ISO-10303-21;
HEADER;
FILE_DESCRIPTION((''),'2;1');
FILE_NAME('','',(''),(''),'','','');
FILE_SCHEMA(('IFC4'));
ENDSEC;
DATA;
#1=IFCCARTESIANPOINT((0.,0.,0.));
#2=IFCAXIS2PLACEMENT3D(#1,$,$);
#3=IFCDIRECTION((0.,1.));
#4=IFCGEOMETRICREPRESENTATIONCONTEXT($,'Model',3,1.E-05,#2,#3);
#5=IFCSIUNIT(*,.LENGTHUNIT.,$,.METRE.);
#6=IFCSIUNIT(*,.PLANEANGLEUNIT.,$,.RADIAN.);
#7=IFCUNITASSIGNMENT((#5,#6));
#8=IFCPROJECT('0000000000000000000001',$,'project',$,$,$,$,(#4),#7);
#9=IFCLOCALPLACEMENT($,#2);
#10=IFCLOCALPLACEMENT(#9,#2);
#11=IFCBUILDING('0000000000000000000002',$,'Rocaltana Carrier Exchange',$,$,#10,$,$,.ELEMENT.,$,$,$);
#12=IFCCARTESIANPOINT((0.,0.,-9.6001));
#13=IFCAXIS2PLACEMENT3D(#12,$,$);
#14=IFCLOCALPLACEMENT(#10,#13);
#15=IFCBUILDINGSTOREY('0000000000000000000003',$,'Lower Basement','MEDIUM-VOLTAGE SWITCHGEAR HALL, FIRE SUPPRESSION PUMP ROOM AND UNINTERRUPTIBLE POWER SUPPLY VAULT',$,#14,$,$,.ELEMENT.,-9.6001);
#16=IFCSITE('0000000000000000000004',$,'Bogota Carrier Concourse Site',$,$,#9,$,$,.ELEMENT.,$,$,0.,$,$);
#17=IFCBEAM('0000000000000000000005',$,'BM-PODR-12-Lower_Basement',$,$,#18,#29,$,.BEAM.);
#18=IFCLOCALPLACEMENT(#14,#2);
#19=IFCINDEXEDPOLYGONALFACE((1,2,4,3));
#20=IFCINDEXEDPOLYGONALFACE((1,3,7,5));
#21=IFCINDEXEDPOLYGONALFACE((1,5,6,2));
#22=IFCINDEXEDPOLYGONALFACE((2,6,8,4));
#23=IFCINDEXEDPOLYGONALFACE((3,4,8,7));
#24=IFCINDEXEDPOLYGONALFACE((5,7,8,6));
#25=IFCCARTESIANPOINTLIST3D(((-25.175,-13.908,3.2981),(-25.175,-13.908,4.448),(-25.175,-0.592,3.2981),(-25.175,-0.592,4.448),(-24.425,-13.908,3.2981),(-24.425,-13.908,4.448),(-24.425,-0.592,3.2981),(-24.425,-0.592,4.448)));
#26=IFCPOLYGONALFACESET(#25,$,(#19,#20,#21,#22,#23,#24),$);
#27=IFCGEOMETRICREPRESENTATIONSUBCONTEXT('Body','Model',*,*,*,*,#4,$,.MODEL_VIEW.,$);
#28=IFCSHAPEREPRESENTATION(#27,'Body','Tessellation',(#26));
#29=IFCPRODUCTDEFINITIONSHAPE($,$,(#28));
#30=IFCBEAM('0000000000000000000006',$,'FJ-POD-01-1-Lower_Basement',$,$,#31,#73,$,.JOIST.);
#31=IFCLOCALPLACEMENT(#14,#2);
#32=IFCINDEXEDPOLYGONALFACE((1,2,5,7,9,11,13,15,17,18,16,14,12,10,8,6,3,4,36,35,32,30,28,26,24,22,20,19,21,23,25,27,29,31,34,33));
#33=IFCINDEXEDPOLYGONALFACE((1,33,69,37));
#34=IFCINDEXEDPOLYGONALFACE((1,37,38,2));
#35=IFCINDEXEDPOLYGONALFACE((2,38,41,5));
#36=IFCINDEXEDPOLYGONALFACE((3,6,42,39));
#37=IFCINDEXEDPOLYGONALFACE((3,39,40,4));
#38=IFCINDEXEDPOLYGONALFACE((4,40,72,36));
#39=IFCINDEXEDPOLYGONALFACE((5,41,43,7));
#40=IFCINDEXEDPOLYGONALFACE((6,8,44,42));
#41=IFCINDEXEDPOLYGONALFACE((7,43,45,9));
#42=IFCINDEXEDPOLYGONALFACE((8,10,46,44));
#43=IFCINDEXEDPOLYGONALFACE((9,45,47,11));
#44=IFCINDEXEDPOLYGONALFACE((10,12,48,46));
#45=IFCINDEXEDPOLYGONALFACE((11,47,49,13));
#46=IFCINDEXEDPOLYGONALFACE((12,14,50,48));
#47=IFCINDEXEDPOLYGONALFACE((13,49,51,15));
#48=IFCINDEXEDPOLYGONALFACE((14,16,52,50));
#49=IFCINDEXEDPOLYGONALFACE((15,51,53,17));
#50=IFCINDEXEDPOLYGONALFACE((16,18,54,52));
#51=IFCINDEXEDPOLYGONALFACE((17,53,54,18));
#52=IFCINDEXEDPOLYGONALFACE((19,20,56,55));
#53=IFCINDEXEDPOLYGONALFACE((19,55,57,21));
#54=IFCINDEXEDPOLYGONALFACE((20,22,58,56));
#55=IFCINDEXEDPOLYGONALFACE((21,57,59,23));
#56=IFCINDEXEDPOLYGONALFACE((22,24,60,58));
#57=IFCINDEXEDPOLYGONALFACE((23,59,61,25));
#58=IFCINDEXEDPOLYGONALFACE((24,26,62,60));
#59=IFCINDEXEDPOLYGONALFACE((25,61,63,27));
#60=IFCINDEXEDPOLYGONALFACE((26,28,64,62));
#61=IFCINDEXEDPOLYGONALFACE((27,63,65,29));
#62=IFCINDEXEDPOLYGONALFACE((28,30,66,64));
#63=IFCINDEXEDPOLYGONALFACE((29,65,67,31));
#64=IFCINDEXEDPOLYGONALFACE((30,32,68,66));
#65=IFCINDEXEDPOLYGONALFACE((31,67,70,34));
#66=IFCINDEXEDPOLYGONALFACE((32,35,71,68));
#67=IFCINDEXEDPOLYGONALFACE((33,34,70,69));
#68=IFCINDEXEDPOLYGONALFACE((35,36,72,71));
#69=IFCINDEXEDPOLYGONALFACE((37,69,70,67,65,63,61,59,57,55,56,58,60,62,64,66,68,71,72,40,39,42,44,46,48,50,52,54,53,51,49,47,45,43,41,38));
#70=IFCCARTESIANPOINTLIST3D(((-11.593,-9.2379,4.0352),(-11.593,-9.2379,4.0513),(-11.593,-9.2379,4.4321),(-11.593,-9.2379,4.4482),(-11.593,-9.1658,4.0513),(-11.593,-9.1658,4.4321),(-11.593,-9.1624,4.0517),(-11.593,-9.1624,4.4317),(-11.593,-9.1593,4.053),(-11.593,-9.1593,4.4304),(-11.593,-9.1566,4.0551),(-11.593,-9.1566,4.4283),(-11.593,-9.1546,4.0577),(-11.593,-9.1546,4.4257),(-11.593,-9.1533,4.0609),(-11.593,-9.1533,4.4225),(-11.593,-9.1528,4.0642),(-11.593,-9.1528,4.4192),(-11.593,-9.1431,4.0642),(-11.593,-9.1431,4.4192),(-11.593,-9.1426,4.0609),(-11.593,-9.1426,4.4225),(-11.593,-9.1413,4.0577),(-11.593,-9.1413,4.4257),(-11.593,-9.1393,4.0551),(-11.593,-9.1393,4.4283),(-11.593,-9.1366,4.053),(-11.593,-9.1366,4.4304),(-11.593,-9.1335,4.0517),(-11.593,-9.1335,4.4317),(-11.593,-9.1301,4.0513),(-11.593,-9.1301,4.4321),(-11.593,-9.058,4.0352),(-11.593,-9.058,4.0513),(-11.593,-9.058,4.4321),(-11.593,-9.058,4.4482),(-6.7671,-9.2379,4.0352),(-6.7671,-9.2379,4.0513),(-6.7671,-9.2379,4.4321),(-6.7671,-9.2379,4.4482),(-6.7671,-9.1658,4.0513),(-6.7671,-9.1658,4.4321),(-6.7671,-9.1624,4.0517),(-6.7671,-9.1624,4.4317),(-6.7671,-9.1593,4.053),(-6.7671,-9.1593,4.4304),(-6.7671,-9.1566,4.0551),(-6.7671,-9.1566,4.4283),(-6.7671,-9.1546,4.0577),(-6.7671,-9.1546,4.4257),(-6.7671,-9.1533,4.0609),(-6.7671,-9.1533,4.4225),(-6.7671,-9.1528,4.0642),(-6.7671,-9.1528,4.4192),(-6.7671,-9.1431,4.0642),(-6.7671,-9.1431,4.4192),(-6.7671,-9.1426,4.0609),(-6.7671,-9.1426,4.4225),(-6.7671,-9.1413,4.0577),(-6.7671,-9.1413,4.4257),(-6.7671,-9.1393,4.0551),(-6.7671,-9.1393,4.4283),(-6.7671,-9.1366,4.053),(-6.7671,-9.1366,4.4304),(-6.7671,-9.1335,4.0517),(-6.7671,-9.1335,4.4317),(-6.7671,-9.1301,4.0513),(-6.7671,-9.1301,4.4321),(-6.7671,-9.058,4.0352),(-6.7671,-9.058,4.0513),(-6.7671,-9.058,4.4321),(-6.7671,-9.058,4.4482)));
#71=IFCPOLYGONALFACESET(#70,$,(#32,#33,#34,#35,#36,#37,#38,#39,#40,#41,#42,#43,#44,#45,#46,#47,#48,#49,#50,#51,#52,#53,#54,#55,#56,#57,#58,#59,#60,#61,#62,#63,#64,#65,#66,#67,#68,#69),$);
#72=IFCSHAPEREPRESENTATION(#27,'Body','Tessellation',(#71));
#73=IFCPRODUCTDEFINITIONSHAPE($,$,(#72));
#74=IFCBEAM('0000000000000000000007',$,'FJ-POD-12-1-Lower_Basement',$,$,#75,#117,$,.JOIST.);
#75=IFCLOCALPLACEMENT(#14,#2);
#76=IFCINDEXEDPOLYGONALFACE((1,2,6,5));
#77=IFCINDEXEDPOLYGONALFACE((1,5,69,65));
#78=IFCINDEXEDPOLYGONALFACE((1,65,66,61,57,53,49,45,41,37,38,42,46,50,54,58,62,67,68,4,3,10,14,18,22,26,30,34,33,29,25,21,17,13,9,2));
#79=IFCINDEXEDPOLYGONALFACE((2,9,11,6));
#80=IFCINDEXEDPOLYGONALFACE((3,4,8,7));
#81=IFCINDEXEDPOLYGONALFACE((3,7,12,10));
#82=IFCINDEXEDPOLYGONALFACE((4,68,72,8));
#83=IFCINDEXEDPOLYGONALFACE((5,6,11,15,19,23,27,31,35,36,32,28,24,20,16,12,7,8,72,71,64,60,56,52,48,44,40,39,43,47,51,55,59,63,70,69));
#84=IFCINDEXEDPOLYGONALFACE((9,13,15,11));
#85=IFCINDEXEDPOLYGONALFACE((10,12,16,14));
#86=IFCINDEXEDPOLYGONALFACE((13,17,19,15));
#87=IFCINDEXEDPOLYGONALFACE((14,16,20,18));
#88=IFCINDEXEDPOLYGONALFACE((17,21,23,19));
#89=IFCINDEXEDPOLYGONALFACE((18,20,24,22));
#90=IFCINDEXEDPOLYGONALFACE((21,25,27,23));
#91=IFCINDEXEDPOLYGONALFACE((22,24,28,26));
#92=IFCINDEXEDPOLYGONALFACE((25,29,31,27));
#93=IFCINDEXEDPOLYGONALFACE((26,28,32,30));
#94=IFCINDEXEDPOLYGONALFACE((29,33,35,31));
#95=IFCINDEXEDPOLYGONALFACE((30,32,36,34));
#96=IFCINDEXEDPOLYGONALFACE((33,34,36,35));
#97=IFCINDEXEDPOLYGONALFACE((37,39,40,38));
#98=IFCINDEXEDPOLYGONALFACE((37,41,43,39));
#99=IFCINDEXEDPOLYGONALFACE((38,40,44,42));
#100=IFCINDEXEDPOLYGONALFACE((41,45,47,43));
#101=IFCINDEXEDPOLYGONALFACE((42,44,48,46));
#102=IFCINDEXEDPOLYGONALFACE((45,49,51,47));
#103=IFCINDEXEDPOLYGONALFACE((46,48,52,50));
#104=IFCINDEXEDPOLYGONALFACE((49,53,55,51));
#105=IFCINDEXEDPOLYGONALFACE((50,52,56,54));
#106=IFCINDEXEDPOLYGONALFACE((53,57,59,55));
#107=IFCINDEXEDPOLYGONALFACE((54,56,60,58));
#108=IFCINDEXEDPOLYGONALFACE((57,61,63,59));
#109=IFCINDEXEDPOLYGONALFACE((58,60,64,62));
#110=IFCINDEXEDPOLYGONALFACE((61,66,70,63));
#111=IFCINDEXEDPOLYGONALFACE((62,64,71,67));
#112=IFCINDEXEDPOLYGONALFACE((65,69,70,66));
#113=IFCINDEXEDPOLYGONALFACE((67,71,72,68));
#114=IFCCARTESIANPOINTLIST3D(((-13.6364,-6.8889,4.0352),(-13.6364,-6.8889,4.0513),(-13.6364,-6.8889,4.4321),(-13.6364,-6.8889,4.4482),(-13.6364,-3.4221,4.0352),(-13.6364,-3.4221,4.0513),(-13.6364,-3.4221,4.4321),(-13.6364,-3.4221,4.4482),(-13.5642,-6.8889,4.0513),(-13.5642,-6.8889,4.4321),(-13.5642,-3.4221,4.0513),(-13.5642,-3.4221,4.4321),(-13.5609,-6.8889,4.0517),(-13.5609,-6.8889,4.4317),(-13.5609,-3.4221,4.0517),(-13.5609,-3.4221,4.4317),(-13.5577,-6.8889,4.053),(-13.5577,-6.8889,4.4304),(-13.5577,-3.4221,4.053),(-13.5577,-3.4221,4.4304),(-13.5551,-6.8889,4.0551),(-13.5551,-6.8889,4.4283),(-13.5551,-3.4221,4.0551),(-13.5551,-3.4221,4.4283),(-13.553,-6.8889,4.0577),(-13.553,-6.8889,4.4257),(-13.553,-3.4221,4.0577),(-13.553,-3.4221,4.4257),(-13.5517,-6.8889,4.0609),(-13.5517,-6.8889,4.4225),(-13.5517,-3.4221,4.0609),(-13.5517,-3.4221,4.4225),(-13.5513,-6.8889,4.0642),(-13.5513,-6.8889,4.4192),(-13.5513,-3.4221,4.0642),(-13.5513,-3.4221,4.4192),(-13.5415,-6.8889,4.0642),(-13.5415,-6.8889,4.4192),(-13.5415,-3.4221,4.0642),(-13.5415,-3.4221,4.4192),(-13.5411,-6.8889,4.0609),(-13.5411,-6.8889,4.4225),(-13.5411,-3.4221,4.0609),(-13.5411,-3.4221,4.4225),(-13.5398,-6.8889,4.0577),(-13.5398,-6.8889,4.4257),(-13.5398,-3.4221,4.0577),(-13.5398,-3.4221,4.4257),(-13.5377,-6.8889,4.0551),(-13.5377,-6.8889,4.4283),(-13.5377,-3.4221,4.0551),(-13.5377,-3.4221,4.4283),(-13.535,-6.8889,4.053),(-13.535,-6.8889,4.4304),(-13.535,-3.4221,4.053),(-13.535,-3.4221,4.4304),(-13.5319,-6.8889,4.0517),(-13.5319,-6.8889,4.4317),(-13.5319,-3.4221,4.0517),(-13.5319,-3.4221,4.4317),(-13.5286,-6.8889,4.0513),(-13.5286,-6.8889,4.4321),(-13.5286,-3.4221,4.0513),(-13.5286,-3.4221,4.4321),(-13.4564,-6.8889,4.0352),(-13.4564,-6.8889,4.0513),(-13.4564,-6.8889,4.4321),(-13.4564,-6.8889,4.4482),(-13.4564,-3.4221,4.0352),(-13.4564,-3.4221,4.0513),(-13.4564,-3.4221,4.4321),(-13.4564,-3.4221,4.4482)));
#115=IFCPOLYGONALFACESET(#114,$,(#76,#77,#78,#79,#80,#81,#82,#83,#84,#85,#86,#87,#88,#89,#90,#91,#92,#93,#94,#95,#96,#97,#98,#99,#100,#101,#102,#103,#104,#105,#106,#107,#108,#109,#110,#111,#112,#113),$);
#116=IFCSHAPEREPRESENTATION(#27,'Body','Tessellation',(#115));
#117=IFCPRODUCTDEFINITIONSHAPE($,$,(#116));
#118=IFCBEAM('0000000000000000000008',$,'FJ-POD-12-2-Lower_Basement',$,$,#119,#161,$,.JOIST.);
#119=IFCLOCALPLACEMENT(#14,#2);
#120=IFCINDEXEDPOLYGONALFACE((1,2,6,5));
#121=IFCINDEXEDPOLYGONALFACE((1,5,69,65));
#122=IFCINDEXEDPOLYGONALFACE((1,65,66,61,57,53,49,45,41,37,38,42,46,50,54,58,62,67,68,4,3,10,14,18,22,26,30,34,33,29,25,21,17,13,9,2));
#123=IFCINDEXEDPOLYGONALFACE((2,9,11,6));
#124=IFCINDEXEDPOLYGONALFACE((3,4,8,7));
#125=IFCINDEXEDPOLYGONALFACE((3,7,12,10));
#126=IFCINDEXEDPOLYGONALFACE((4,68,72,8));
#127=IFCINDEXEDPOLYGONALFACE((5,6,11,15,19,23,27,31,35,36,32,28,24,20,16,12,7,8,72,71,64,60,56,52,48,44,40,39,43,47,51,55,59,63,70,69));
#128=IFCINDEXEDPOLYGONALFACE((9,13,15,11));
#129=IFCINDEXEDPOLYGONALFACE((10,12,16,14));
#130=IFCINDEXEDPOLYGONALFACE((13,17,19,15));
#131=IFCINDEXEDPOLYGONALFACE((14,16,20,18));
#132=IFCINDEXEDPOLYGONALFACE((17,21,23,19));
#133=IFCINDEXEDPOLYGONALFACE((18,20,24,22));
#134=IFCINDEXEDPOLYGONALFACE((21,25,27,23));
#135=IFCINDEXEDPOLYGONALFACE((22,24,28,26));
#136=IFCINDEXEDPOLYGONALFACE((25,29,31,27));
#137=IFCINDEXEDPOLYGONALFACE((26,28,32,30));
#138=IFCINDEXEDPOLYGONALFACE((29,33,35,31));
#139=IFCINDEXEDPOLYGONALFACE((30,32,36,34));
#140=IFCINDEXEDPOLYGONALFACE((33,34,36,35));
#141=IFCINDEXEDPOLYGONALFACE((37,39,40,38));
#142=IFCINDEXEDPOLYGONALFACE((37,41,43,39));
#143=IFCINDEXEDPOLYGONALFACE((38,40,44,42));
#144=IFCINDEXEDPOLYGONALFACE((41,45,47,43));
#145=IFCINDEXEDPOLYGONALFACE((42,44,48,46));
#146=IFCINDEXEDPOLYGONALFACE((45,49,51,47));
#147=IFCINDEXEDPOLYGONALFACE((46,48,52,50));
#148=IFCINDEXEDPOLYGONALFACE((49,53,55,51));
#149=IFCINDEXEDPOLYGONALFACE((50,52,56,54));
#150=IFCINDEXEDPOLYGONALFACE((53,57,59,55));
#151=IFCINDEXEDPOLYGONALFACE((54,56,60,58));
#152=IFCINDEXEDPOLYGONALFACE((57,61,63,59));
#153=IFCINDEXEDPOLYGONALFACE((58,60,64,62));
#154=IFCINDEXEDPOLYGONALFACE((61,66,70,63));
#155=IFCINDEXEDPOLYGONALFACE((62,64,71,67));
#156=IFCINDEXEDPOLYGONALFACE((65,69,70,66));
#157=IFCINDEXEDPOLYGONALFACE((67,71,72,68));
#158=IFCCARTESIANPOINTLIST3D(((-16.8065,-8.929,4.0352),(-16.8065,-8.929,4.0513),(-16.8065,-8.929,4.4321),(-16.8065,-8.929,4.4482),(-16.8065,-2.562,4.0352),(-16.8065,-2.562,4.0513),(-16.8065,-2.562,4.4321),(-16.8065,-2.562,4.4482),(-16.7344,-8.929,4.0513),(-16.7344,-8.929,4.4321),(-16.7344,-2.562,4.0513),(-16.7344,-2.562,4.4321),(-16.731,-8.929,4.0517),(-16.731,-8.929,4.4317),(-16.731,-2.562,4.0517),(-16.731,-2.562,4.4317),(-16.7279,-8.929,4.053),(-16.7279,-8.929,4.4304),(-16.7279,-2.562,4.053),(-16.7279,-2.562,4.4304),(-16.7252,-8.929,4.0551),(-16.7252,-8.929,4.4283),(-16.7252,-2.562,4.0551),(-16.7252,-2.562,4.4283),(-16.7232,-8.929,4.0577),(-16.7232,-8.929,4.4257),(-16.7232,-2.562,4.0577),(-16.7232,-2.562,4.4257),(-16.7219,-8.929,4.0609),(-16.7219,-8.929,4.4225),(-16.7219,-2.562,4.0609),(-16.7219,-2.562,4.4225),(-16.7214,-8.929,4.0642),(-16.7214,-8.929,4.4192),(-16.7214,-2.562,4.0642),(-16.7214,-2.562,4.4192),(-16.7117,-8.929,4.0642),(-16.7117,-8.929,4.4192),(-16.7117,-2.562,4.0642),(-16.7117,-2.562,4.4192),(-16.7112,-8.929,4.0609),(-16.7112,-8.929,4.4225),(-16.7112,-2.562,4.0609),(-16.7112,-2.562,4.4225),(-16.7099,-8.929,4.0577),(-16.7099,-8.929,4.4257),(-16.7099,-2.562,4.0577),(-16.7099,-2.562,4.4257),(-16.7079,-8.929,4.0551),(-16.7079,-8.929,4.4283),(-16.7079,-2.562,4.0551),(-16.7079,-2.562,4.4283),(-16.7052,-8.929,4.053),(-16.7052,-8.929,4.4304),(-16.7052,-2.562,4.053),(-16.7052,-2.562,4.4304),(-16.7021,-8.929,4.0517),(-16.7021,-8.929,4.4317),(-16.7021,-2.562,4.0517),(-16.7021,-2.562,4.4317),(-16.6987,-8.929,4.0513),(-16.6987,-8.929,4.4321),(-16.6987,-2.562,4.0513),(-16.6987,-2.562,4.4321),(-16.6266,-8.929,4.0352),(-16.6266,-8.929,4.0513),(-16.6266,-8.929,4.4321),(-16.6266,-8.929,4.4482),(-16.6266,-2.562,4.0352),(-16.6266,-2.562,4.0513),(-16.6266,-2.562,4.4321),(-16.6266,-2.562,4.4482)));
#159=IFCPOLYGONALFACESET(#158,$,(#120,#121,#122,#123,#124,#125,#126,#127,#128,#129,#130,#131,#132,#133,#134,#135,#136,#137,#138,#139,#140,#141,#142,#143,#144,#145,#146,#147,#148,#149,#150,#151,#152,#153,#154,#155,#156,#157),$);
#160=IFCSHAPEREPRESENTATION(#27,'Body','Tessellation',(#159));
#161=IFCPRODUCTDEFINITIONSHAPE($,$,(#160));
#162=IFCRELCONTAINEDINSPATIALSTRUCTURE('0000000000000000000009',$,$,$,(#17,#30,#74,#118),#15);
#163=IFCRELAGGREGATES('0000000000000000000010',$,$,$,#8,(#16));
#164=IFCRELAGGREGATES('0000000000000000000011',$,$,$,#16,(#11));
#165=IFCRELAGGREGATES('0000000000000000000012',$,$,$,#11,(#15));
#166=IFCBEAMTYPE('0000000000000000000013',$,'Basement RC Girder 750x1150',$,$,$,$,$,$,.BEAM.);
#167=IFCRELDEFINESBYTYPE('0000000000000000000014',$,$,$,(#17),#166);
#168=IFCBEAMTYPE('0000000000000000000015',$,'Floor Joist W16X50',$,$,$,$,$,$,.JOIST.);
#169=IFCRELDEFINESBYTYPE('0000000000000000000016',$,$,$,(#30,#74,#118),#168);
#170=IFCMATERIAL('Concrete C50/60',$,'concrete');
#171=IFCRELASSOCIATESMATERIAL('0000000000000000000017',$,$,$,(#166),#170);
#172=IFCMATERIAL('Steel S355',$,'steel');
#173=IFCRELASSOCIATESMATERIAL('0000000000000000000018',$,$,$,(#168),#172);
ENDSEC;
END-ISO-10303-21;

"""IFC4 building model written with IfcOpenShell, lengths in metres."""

from ifc_helpers import new_model, si_unit, direction, frame, origin, origin_2d, place, context, subcontext, project, spatial, rectangle, i_section, extrude, material, material_profile, profile_set, type_object, element, save


model = new_model("IFC4")

# Units and contexts
model_context = context("Model", 3, precision=1e-05, world=origin(), true_north=direction((0.0, 1.0)))
body_context = subcontext(model_context, "Body", "Model", "MODEL_VIEW")
ifc_project = project(units=[si_unit("LENGTHUNIT", "METRE"), si_unit("PLANEANGLEUNIT", "RADIAN")], contexts=[model_context])

# Site, building, storey
site_placement = place(None, origin())
site = spatial("IfcSite", under=ifc_project, at=site_placement, Name="Bogota Carrier Concourse Site", CompositionType="ELEMENT", RefElevation=0.0)
building_placement = place(site_placement, origin())
building = spatial("IfcBuilding", under=site, at=building_placement, Name="Rocaltana Carrier Exchange", CompositionType="ELEMENT")
storey_placement = place(building_placement, frame((0.0, 0.0, -9.6001)))
storey = spatial("IfcBuildingStorey", under=building, at=storey_placement, Name="Lower Basement", Description="MEDIUM-VOLTAGE SWITCHGEAR HALL, FIRE SUPPRESSION PUMP ROOM AND UNINTERRUPTIBLE POWER SUPPLY VAULT", CompositionType="ELEMENT", Elevation=-9.6001)

# Beams
ifc_material_1 = material(Name="Concrete C50/60", Category="concrete")
ifc_material_profile_1 = material_profile(ifc_material_1, rectangle(XDim=0.75, YDim=1.1499, at=origin_2d()), Name="RC-BM-750X1150")
ifc_profile_set_1 = profile_set([ifc_material_profile_1], Name="Concrete C50/60")
beam_type_1 = type_object("IfcBeamType", Name="Basement RC Girder 750x1150", PredefinedType="BEAM", material=ifc_profile_set_1)
beam_1_placement = place(storey_placement, frame((-24.8, -0.592, 3.873), z_axis=(0.0, -1.0, 0.0), x_axis=(1.0, 0.0, 0.0)))
element("IfcBeam", 1, at=beam_1_placement, inside=storey, type_object=beam_type_1, Name="BM-PODR-12-Lower_Basement", PredefinedType="BEAM", context=body_context, shape_type="SweptSolid", body=[
    extrude(rectangle(XDim=0.75, YDim=1.1499, at=origin_2d()), origin(), (0.0, 0.0, 1.0), 13.3159),
])
ifc_material_2 = material(Name="Steel S355", Category="steel")
ifc_material_profile_2 = material_profile(ifc_material_2, i_section(OverallWidth=0.1799, OverallDepth=0.4131, WebThickness=0.0098, FlangeThickness=0.0161, FilletRadius=0.0129, at=origin_2d()), Name="W16X50")
ifc_profile_set_2 = profile_set([ifc_material_profile_2], Name="Steel S355")
beam_type_2 = type_object("IfcBeamType", Name="Floor Joist W16X50", PredefinedType="JOIST", material=ifc_profile_set_2)
beam_2_placement = place(storey_placement, frame((-11.593, -9.1479, 4.2417), z_axis=(1.0, 0.0, 0.0), x_axis=(0.0, 1.0, 0.0)))
element("IfcBeam", 2, at=beam_2_placement, inside=storey, type_object=beam_type_2, Name="FJ-POD-01-1-Lower_Basement", PredefinedType="JOIST", context=body_context, shape_type="SweptSolid", body=[
    extrude(i_section(OverallWidth=0.1799, OverallDepth=0.4131, WebThickness=0.0098, FlangeThickness=0.0161, FilletRadius=0.0129, at=origin_2d()), origin(), (0.0, 0.0, 1.0), 4.8259),
])
beam_3_placement = place(storey_placement, frame((-13.5464, -3.4221, 4.2417), z_axis=(0.0, -1.0, 0.0), x_axis=(1.0, 0.0, 0.0)))
element("IfcBeam", 3, at=beam_3_placement, inside=storey, type_object=beam_type_2, Name="FJ-POD-12-1-Lower_Basement", PredefinedType="JOIST", context=body_context, shape_type="SweptSolid", body=[
    extrude(i_section(OverallWidth=0.1799, OverallDepth=0.4131, WebThickness=0.0098, FlangeThickness=0.0161, FilletRadius=0.0129, at=origin_2d()), origin(), (0.0, 0.0, 1.0), 3.4668),
])
beam_4_placement = place(storey_placement, frame((-16.7166, -2.562, 4.2417), z_axis=(0.0, -1.0, 0.0), x_axis=(1.0, 0.0, 0.0)))
element("IfcBeam", 4, at=beam_4_placement, inside=storey, type_object=beam_type_2, Name="FJ-POD-12-2-Lower_Basement", PredefinedType="JOIST", context=body_context, shape_type="SweptSolid", body=[
    extrude(i_section(OverallWidth=0.1799, OverallDepth=0.4131, WebThickness=0.0098, FlangeThickness=0.0161, FilletRadius=0.0129, at=origin_2d()), origin(), (0.0, 0.0, 1.0), 6.3669),
])

save(model, "model.ifc")
